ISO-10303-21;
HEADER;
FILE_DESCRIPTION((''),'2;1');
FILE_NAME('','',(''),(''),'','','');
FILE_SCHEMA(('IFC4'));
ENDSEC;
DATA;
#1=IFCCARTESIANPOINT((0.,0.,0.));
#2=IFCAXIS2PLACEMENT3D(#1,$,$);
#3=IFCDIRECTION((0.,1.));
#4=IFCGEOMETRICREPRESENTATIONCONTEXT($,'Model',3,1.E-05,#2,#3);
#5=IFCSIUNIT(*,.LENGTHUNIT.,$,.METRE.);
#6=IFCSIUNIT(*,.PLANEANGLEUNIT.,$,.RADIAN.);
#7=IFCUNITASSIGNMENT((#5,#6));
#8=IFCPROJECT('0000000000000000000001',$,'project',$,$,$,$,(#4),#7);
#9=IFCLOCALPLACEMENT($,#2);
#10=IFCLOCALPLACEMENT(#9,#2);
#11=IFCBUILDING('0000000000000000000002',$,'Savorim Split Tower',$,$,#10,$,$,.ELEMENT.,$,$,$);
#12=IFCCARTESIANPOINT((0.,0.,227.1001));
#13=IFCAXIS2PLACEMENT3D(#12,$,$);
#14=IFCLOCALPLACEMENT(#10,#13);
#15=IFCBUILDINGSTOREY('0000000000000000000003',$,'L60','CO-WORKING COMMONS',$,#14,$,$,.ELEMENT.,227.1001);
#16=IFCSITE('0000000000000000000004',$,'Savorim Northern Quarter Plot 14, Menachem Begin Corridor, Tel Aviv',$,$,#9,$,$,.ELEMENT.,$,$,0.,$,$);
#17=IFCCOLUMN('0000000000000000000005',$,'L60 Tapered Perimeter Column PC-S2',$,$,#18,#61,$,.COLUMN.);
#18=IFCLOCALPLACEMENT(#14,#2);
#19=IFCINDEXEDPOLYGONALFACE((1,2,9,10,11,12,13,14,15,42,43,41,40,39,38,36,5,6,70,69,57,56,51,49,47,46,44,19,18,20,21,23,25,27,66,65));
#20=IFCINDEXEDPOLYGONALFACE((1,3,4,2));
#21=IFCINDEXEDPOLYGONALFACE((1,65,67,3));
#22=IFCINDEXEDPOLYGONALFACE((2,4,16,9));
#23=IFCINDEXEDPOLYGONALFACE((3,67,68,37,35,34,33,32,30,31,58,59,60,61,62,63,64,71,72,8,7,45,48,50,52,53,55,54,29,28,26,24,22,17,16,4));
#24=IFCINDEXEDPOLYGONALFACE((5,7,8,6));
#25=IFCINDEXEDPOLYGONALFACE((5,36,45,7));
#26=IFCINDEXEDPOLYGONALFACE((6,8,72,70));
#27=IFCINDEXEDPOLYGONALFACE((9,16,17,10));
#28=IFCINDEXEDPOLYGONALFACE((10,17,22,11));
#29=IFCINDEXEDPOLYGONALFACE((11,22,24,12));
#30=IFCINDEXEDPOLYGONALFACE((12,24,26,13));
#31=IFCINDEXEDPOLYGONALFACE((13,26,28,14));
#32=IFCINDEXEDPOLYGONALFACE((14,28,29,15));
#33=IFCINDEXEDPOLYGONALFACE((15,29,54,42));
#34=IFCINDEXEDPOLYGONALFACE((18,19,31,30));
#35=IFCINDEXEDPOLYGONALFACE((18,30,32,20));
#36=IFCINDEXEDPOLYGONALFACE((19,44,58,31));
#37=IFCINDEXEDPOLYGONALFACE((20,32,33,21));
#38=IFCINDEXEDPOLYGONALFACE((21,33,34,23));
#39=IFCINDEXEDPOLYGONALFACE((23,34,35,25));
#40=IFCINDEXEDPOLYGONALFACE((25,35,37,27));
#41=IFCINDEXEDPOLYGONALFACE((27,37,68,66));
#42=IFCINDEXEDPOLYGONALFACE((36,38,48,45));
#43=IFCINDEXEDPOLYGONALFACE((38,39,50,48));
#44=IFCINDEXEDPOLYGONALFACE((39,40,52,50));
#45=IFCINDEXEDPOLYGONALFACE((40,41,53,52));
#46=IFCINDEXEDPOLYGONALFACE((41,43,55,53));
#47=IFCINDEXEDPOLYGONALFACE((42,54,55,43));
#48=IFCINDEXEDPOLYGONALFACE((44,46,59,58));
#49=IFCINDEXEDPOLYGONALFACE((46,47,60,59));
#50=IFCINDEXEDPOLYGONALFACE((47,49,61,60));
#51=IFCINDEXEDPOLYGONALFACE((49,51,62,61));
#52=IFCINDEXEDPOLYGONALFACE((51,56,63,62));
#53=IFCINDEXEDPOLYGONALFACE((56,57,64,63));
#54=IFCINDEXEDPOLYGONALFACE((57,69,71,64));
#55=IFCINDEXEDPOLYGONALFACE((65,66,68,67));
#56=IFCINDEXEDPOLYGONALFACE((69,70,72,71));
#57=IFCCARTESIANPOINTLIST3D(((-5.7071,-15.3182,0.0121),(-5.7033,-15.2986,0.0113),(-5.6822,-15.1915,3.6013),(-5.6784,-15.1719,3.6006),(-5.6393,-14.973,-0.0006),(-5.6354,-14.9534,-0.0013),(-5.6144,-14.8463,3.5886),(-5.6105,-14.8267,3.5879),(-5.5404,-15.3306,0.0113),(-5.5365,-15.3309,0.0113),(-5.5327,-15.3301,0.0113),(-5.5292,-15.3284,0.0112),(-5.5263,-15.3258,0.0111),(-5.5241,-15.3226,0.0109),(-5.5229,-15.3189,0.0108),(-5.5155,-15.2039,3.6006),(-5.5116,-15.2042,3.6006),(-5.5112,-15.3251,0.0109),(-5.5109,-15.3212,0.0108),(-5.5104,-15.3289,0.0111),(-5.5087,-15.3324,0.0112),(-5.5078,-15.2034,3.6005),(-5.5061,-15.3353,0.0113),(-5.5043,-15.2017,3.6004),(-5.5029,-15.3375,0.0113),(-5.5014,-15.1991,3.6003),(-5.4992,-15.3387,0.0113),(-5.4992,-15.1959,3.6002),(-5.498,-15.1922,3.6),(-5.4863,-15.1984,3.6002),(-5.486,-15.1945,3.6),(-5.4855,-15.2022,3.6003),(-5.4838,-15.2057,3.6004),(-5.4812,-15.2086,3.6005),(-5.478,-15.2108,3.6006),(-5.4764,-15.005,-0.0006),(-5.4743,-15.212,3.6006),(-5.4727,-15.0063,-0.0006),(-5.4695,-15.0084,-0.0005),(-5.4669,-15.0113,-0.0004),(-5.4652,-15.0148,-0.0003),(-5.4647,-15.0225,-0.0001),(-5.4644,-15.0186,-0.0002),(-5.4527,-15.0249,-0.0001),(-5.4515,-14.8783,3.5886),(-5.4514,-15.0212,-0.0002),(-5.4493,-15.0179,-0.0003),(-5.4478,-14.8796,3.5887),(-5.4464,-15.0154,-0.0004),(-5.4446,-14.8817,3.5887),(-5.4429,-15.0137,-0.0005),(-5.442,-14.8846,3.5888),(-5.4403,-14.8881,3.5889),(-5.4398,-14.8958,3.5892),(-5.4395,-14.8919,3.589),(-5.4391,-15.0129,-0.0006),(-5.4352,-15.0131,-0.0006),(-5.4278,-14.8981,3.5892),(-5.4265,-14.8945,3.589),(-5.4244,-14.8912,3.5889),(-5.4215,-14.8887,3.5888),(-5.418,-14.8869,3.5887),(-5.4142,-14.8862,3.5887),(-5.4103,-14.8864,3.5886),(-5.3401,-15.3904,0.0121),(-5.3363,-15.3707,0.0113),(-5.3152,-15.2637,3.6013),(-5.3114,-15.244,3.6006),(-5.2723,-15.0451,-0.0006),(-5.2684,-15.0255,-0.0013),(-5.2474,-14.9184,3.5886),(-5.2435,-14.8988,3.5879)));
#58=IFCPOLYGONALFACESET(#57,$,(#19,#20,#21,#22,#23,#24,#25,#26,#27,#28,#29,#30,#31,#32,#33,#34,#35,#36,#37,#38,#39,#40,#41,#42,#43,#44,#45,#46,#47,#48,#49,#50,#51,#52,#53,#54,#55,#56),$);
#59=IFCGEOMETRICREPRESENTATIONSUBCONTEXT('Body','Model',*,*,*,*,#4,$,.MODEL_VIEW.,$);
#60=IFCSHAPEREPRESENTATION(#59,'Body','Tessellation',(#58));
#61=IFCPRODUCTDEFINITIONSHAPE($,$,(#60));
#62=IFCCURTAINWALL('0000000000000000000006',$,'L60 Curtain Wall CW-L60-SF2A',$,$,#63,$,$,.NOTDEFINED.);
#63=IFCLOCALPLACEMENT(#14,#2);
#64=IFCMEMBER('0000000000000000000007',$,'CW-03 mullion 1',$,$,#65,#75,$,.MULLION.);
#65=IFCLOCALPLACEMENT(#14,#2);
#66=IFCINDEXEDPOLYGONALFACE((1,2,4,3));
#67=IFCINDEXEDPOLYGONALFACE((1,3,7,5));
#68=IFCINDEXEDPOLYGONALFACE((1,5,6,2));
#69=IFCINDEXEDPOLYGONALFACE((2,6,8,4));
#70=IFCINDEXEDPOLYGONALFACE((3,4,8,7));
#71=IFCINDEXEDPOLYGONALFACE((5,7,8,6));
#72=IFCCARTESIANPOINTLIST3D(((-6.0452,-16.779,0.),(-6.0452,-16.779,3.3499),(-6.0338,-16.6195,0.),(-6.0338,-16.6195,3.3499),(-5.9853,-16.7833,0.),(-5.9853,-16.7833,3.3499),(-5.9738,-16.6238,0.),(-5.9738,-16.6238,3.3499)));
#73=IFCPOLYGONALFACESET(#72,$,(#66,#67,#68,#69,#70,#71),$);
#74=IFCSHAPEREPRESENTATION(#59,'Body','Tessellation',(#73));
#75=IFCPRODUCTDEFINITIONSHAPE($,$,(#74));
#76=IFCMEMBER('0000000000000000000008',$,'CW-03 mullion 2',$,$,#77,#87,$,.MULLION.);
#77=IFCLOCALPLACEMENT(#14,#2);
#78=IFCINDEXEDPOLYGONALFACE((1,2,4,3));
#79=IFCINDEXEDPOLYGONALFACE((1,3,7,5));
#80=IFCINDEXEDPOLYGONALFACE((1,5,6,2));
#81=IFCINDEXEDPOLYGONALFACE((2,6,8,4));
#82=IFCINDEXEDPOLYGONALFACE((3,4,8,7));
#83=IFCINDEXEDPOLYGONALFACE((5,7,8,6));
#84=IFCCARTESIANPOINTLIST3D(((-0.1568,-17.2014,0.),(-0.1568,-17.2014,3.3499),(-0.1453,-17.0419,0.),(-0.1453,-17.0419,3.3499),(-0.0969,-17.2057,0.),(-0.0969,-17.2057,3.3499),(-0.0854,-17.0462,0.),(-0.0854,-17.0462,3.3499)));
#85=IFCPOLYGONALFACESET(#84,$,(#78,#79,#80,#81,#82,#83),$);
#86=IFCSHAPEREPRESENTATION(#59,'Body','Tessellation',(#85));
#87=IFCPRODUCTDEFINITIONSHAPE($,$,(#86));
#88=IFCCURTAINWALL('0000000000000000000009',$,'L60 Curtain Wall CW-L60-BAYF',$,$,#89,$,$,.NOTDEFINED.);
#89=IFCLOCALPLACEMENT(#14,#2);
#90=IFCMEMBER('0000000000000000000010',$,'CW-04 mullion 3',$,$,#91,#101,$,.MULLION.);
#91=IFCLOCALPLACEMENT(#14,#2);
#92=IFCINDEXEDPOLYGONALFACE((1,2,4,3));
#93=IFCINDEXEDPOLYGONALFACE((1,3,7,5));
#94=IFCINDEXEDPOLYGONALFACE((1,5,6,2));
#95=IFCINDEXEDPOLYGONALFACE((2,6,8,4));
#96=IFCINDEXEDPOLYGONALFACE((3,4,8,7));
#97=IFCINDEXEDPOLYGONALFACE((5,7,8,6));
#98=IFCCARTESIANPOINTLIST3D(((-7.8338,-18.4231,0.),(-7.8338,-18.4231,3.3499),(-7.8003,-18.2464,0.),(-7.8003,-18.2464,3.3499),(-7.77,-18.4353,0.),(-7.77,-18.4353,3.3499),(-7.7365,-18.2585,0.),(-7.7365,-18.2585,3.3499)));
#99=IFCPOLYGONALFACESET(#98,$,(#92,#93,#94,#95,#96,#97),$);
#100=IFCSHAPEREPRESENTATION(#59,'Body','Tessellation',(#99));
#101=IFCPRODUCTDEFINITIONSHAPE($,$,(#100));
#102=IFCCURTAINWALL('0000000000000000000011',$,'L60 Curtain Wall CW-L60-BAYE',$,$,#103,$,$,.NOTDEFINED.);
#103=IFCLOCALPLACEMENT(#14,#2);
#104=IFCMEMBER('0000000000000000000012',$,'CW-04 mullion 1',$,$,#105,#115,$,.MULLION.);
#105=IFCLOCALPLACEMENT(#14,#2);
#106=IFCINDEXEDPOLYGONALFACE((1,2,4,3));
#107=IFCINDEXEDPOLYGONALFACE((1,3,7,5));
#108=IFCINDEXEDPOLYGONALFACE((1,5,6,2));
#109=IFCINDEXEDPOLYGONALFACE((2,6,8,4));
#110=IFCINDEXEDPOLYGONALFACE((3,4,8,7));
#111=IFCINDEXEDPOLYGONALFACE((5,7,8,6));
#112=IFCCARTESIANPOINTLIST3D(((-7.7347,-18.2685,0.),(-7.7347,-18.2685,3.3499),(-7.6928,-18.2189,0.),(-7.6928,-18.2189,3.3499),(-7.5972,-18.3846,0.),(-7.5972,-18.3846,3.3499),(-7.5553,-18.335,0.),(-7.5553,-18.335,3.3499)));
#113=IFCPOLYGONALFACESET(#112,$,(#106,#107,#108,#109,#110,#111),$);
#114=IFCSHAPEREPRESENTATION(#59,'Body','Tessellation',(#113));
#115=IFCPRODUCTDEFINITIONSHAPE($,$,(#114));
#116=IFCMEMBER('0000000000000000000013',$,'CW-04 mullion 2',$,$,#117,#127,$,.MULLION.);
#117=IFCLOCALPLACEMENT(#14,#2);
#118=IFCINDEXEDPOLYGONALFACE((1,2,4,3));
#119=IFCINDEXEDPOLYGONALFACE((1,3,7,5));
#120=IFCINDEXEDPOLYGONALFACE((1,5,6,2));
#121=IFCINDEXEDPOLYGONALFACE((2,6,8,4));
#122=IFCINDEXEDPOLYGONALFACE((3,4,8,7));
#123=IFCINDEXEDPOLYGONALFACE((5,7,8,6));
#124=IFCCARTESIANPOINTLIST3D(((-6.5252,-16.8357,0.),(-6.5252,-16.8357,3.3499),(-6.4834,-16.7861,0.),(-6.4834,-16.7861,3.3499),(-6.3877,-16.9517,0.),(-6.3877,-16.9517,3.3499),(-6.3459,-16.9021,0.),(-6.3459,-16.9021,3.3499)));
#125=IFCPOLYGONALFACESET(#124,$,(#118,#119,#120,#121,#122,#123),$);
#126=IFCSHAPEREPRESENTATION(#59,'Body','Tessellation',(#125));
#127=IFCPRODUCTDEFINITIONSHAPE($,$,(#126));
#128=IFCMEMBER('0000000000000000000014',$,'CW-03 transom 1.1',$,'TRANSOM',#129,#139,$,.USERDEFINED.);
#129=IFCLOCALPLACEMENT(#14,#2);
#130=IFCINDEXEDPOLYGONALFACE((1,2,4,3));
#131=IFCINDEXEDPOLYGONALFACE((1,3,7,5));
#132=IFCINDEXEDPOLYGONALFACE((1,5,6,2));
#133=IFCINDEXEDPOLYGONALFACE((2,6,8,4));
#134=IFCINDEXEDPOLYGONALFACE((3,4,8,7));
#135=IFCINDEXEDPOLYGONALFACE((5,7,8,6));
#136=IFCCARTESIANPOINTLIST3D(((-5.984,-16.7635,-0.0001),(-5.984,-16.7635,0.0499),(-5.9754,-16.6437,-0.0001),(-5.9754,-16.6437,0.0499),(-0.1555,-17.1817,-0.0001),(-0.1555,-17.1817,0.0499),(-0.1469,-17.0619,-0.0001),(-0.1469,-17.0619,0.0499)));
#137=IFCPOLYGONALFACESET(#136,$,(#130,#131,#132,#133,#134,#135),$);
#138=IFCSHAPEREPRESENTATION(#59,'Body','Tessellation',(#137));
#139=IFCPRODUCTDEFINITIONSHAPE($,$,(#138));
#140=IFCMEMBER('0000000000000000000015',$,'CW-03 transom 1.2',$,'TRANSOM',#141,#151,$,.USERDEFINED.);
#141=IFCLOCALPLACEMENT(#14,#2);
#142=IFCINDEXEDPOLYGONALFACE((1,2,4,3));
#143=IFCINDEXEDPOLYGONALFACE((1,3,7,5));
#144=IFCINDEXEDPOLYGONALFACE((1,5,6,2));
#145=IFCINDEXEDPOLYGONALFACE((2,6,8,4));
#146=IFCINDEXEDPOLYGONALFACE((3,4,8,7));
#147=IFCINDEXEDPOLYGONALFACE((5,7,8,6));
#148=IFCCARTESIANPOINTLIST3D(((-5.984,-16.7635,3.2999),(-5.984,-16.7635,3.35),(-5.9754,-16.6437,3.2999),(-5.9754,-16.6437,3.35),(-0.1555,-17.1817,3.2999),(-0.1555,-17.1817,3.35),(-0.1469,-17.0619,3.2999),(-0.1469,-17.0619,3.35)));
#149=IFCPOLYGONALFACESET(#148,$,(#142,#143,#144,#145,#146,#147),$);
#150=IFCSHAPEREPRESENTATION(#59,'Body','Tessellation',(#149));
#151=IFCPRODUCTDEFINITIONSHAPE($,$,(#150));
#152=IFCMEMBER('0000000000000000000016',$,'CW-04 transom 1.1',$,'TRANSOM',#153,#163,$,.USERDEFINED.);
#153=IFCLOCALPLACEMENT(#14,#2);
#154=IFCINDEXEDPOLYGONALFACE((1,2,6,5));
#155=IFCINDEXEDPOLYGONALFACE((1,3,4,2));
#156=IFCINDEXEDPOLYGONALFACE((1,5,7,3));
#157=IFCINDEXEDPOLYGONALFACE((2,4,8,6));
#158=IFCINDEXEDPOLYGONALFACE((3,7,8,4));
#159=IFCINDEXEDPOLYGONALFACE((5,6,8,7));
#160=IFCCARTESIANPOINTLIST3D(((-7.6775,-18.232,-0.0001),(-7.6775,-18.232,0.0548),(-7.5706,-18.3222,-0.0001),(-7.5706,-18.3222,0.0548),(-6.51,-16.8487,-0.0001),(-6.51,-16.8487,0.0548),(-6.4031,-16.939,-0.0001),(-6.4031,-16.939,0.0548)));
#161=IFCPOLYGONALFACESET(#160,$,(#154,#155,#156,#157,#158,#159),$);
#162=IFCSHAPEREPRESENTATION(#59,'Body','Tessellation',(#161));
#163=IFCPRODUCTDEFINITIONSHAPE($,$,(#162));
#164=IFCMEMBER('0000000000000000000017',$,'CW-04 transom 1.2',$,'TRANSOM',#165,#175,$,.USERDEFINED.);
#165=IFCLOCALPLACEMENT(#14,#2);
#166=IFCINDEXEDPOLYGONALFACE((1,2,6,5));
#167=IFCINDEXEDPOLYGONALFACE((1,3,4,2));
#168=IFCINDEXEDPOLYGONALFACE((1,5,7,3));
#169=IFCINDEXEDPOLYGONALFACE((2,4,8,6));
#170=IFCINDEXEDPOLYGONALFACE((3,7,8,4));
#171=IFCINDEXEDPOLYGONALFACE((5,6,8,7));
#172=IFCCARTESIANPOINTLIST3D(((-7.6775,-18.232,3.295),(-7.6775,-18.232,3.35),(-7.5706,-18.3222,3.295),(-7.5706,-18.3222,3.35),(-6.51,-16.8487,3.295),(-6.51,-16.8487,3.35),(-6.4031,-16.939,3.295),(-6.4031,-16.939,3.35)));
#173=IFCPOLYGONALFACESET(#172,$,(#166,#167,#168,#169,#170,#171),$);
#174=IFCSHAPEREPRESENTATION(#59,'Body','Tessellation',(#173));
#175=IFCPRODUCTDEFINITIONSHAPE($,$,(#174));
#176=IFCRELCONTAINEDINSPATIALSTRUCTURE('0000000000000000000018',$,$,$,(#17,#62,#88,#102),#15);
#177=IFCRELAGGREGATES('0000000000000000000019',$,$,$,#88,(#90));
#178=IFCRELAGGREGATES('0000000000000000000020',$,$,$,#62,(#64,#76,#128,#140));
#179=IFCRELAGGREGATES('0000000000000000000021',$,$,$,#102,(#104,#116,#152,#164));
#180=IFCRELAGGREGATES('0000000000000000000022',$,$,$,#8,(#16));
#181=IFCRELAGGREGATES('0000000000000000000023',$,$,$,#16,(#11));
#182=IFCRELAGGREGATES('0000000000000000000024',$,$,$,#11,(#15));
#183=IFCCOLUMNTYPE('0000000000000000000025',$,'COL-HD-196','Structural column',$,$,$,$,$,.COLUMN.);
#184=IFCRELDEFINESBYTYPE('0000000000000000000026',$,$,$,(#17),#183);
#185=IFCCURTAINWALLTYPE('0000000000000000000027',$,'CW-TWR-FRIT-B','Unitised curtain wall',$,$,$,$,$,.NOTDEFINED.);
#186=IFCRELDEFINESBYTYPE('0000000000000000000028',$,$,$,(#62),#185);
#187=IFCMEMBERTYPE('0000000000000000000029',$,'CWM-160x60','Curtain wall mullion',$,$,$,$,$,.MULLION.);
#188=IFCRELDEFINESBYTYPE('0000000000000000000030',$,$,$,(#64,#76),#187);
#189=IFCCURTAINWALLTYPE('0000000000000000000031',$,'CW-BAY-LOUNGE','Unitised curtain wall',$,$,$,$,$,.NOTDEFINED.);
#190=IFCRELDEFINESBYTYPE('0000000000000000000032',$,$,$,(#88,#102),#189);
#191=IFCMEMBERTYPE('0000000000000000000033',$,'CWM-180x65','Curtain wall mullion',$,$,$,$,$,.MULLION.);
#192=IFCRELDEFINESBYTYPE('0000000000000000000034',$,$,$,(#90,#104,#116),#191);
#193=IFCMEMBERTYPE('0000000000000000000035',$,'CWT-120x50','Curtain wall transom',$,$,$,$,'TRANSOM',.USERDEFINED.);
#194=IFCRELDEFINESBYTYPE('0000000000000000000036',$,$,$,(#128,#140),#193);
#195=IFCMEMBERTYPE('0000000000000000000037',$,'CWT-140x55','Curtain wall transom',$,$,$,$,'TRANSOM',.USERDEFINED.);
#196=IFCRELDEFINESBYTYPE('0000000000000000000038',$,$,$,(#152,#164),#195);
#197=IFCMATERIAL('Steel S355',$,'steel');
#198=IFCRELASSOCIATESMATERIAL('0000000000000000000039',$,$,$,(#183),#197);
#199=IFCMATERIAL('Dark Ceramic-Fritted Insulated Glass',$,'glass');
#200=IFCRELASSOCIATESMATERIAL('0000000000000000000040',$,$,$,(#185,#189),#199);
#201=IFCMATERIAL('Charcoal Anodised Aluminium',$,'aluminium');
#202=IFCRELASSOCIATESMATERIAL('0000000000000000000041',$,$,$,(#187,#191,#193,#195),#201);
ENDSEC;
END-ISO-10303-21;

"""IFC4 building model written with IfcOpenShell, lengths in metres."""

from ifc_helpers import new_model, si_unit, direction, frame, origin, origin_2d, place, context, subcontext, project, spatial, rectangle, i_section, extrude, material, material_profile, profile_set, type_object, element, aggregate, save


model = new_model("IFC4")

# Units and contexts
model_context = context("Model", 3, precision=1e-05, world=origin(), true_north=direction((0.0, 1.0)))
body_context = subcontext(model_context, "Body", "Model", "MODEL_VIEW")
ifc_project = project(units=[si_unit("LENGTHUNIT", "METRE"), si_unit("PLANEANGLEUNIT", "RADIAN")], contexts=[model_context])

# Site, building, storey
site_placement = place(None, origin())
site = spatial("IfcSite", under=ifc_project, at=site_placement, Name="Savorim Northern Quarter Plot 14, Menachem Begin Corridor, Tel Aviv", CompositionType="ELEMENT", RefElevation=0.0)
building_placement = place(site_placement, origin())
building = spatial("IfcBuilding", under=site, at=building_placement, Name="Savorim Split Tower", CompositionType="ELEMENT")
storey_placement = place(building_placement, frame((0.0, 0.0, 227.1001)))
storey = spatial("IfcBuildingStorey", under=building, at=storey_placement, Name="L60", Description="CO-WORKING COMMONS", CompositionType="ELEMENT", Elevation=227.1001)

# Column
ifc_material_1 = material(Name="Steel S355", Category="steel")
ifc_material_profile_1 = material_profile(ifc_material_1, i_section(OverallWidth=0.374, OverallDepth=0.3721, WebThickness=0.0122, FlangeThickness=0.02, FilletRadius=0.0149, at=origin_2d()), Name="HD 360x196")
ifc_profile_set_1 = profile_set([ifc_material_profile_1], Name="Steel S355")
column_type = type_object("IfcColumnType", Name="COL-HD-196", Description="Structural column", PredefinedType="COLUMN", material=ifc_profile_set_1)
column_placement = place(storey_placement, frame((-5.4878, -15.1719, 0.0054), z_axis=(0.006934, 0.035281, 0.999353), x_axis=(-0.98123, 0.192843, 0.0)))
element("IfcColumn", 1, at=column_placement, inside=storey, type_object=column_type, Name="L60 Tapered Perimeter Column PC-S2", PredefinedType="COLUMN", context=body_context, shape_type="SweptSolid", body=[
    extrude(i_section(OverallWidth=0.374, OverallDepth=0.3721, WebThickness=0.0122, FlangeThickness=0.02, FilletRadius=0.0149, at=origin_2d()), origin(), (0.0, 0.0, 1.0), 3.5916),
])

# Curtain wall, members
ifc_material_2 = material(Name="Dark Ceramic-Fritted Insulated Glass", Category="glass")
curtain_wall_type_1 = type_object("IfcCurtainWallType", Name="CW-TWR-FRIT-B", Description="Unitised curtain wall", PredefinedType="NOTDEFINED", material=ifc_material_2)
curtain_wall_1_placement = place(storey_placement, origin())
curtain_wall_1 = element("IfcCurtainWall", 2, at=curtain_wall_1_placement, inside=storey, type_object=curtain_wall_type_1, Name="L60 Curtain Wall CW-L60-SF2A", PredefinedType="NOTDEFINED")
ifc_material_3 = material(Name="Charcoal Anodised Aluminium", Category="aluminium")
ifc_material_profile_2 = material_profile(ifc_material_3, rectangle(XDim=0.1599, YDim=0.0601, at=origin_2d()), Name="ALU-M 160x60")
ifc_profile_set_2 = profile_set([ifc_material_profile_2], Name="Charcoal Anodised Aluminium")
member_type_1 = type_object("IfcMemberType", Name="CWM-160x60", Description="Curtain wall mullion", PredefinedType="MULLION", material=ifc_profile_set_2)
member_1_placement = place(storey_placement, frame((-6.0095, -16.7014, 0.0), z_axis=(0.0, 0.0, 1.0), x_axis=(0.071568, 0.997436, 0.0)))
member_1 = element("IfcMember", 3, at=member_1_placement, type_object=member_type_1, Name="CW-03 mullion 1", PredefinedType="MULLION", context=body_context, shape_type="SweptSolid", body=[
    extrude(rectangle(XDim=0.1599, YDim=0.0601, at=origin_2d()), origin(), (0.0, 0.0, 1.0), 3.3499),
])
member_2_placement = place(storey_placement, frame((-0.1211, -17.1238, 0.0), z_axis=(0.0, 0.0, 1.0), x_axis=(0.071568, 0.997436, 0.0)))
member_2 = element("IfcMember", 4, at=member_2_placement, type_object=member_type_1, Name="CW-03 mullion 2", PredefinedType="MULLION", context=body_context, shape_type="SweptSolid", body=[
    extrude(rectangle(XDim=0.1599, YDim=0.0601, at=origin_2d()), origin(), (0.0, 0.0, 1.0), 3.3499),
])

# Curtain wall, member
curtain_wall_type_2 = type_object("IfcCurtainWallType", Name="CW-BAY-LOUNGE", Description="Unitised curtain wall", PredefinedType="NOTDEFINED", material=ifc_material_2)
curtain_wall_2_placement = place(storey_placement, origin())
curtain_wall_2 = element("IfcCurtainWall", 5, at=curtain_wall_2_placement, inside=storey, type_object=curtain_wall_type_2, Name="L60 Curtain Wall CW-L60-BAYF", PredefinedType="NOTDEFINED")
ifc_material_profile_3 = material_profile(ifc_material_3, rectangle(XDim=0.1799, YDim=0.0649, at=origin_2d()), Name="ALU-M 180x65")
ifc_profile_set_3 = profile_set([ifc_material_profile_3], Name="Charcoal Anodised Aluminium")
member_type_2 = type_object("IfcMemberType", Name="CWM-180x65", Description="Curtain wall mullion", PredefinedType="MULLION", material=ifc_profile_set_3)
member_3_placement = place(storey_placement, frame((-7.7852, -18.3408, 0.0), z_axis=(0.0, 0.0, 1.0), x_axis=(0.186567, 0.982442, 0.0)))
member_3 = element("IfcMember", 6, at=member_3_placement, type_object=member_type_2, Name="CW-04 mullion 3", PredefinedType="MULLION", context=body_context, shape_type="SweptSolid", body=[
    extrude(rectangle(XDim=0.1799, YDim=0.0649, at=origin_2d()), origin(), (0.0, 0.0, 1.0), 3.3499),
])
aggregate(curtain_wall_2, [member_3])

# Curtain wall, members
curtain_wall_3_placement = place(storey_placement, origin())
curtain_wall_3 = element("IfcCurtainWall", 7, at=curtain_wall_3_placement, inside=storey, type_object=curtain_wall_type_2, Name="L60 Curtain Wall CW-L60-BAYE", PredefinedType="NOTDEFINED")
member_4_placement = place(storey_placement, frame((-7.645, -18.3018, 0.0), z_axis=(0.0, 0.0, 1.0), x_axis=(-0.764176, 0.645008, 0.0)))
member_4 = element("IfcMember", 8, at=member_4_placement, type_object=member_type_2, Name="CW-04 mullion 1", PredefinedType="MULLION", context=body_context, shape_type="SweptSolid", body=[
    extrude(rectangle(XDim=0.1799, YDim=0.0649, at=origin_2d()), origin(), (0.0, 0.0, 1.0), 3.3499),
])
member_5_placement = place(storey_placement, frame((-6.4355, -16.8689, 0.0), z_axis=(0.0, 0.0, 1.0), x_axis=(-0.764176, 0.645008, 0.0)))
member_5 = element("IfcMember", 9, at=member_5_placement, type_object=member_type_2, Name="CW-04 mullion 2", PredefinedType="MULLION", context=body_context, shape_type="SweptSolid", body=[
    extrude(rectangle(XDim=0.1799, YDim=0.0649, at=origin_2d()), origin(), (0.0, 0.0, 1.0), 3.3499),
])

# Members
ifc_material_profile_4 = material_profile(ifc_material_3, rectangle(XDim=0.1201, YDim=0.05, at=origin_2d()), Name="ALU-T 120x50")
ifc_profile_set_4 = profile_set([ifc_material_profile_4], Name="Charcoal Anodised Aluminium")
member_type_3 = type_object("IfcMemberType", Name="CWT-120x50", Description="Curtain wall transom", ElementType="TRANSOM", PredefinedType="USERDEFINED", material=ifc_profile_set_4)
member_6_placement = place(storey_placement, frame((-5.9797, -16.7036, 0.0249), z_axis=(0.997436, -0.071568, 0.0), x_axis=(0.071568, 0.997436, 0.0)))
member_6 = element("IfcMember", 10, at=member_6_placement, type_object=member_type_3, Name="CW-03 transom 1.1", ObjectType="TRANSOM", PredefinedType="USERDEFINED", context=body_context, shape_type="SweptSolid", body=[
    extrude(rectangle(XDim=0.1201, YDim=0.05, at=origin_2d()), origin(), (0.0, 0.0, 1.0), 5.8435),
])
member_7_placement = place(storey_placement, frame((-5.9797, -16.7036, 3.325), z_axis=(0.997436, -0.071568, 0.0), x_axis=(0.071568, 0.997436, 0.0)))
member_7 = element("IfcMember", 11, at=member_7_placement, type_object=member_type_3, Name="CW-03 transom 1.2", ObjectType="TRANSOM", PredefinedType="USERDEFINED", context=body_context, shape_type="SweptSolid", body=[
    extrude(rectangle(XDim=0.1201, YDim=0.05, at=origin_2d()), origin(), (0.0, 0.0, 1.0), 5.8435),
])
ifc_material_profile_5 = material_profile(ifc_material_3, rectangle(XDim=0.1399, YDim=0.0549, at=origin_2d()), Name="ALU-T 140x55")
ifc_profile_set_5 = profile_set([ifc_material_profile_5], Name="Charcoal Anodised Aluminium")
member_type_4 = type_object("IfcMemberType", Name="CWT-140x55", Description="Curtain wall transom", ElementType="TRANSOM", PredefinedType="USERDEFINED", material=ifc_profile_set_5)
member_8_placement = place(storey_placement, frame((-7.624, -18.2771, 0.0273), z_axis=(0.644974, 0.764204, 0.0), x_axis=(-0.764204, 0.644974, 0.0)))
member_8 = element("IfcMember", 12, at=member_8_placement, type_object=member_type_4, Name="CW-04 transom 1.1", ObjectType="TRANSOM", PredefinedType="USERDEFINED", context=body_context, shape_type="SweptSolid", body=[
    extrude(rectangle(XDim=0.1399, YDim=0.0549, at=origin_2d()), origin(), (0.0, 0.0, 1.0), 1.8101),
])
member_9_placement = place(storey_placement, frame((-7.624, -18.2771, 3.3225), z_axis=(0.644974, 0.764204, 0.0), x_axis=(-0.764204, 0.644974, 0.0)))
member_9 = element("IfcMember", 13, at=member_9_placement, type_object=member_type_4, Name="CW-04 transom 1.2", ObjectType="TRANSOM", PredefinedType="USERDEFINED", context=body_context, shape_type="SweptSolid", body=[
    extrude(rectangle(XDim=0.1399, YDim=0.0549, at=origin_2d()), origin(), (0.0, 0.0, 1.0), 1.8101),
])

aggregate(curtain_wall_1, [member_1, member_2, member_6, member_7])
aggregate(curtain_wall_3, [member_4, member_5, member_8, member_9])

save(model, "model.ifc")
